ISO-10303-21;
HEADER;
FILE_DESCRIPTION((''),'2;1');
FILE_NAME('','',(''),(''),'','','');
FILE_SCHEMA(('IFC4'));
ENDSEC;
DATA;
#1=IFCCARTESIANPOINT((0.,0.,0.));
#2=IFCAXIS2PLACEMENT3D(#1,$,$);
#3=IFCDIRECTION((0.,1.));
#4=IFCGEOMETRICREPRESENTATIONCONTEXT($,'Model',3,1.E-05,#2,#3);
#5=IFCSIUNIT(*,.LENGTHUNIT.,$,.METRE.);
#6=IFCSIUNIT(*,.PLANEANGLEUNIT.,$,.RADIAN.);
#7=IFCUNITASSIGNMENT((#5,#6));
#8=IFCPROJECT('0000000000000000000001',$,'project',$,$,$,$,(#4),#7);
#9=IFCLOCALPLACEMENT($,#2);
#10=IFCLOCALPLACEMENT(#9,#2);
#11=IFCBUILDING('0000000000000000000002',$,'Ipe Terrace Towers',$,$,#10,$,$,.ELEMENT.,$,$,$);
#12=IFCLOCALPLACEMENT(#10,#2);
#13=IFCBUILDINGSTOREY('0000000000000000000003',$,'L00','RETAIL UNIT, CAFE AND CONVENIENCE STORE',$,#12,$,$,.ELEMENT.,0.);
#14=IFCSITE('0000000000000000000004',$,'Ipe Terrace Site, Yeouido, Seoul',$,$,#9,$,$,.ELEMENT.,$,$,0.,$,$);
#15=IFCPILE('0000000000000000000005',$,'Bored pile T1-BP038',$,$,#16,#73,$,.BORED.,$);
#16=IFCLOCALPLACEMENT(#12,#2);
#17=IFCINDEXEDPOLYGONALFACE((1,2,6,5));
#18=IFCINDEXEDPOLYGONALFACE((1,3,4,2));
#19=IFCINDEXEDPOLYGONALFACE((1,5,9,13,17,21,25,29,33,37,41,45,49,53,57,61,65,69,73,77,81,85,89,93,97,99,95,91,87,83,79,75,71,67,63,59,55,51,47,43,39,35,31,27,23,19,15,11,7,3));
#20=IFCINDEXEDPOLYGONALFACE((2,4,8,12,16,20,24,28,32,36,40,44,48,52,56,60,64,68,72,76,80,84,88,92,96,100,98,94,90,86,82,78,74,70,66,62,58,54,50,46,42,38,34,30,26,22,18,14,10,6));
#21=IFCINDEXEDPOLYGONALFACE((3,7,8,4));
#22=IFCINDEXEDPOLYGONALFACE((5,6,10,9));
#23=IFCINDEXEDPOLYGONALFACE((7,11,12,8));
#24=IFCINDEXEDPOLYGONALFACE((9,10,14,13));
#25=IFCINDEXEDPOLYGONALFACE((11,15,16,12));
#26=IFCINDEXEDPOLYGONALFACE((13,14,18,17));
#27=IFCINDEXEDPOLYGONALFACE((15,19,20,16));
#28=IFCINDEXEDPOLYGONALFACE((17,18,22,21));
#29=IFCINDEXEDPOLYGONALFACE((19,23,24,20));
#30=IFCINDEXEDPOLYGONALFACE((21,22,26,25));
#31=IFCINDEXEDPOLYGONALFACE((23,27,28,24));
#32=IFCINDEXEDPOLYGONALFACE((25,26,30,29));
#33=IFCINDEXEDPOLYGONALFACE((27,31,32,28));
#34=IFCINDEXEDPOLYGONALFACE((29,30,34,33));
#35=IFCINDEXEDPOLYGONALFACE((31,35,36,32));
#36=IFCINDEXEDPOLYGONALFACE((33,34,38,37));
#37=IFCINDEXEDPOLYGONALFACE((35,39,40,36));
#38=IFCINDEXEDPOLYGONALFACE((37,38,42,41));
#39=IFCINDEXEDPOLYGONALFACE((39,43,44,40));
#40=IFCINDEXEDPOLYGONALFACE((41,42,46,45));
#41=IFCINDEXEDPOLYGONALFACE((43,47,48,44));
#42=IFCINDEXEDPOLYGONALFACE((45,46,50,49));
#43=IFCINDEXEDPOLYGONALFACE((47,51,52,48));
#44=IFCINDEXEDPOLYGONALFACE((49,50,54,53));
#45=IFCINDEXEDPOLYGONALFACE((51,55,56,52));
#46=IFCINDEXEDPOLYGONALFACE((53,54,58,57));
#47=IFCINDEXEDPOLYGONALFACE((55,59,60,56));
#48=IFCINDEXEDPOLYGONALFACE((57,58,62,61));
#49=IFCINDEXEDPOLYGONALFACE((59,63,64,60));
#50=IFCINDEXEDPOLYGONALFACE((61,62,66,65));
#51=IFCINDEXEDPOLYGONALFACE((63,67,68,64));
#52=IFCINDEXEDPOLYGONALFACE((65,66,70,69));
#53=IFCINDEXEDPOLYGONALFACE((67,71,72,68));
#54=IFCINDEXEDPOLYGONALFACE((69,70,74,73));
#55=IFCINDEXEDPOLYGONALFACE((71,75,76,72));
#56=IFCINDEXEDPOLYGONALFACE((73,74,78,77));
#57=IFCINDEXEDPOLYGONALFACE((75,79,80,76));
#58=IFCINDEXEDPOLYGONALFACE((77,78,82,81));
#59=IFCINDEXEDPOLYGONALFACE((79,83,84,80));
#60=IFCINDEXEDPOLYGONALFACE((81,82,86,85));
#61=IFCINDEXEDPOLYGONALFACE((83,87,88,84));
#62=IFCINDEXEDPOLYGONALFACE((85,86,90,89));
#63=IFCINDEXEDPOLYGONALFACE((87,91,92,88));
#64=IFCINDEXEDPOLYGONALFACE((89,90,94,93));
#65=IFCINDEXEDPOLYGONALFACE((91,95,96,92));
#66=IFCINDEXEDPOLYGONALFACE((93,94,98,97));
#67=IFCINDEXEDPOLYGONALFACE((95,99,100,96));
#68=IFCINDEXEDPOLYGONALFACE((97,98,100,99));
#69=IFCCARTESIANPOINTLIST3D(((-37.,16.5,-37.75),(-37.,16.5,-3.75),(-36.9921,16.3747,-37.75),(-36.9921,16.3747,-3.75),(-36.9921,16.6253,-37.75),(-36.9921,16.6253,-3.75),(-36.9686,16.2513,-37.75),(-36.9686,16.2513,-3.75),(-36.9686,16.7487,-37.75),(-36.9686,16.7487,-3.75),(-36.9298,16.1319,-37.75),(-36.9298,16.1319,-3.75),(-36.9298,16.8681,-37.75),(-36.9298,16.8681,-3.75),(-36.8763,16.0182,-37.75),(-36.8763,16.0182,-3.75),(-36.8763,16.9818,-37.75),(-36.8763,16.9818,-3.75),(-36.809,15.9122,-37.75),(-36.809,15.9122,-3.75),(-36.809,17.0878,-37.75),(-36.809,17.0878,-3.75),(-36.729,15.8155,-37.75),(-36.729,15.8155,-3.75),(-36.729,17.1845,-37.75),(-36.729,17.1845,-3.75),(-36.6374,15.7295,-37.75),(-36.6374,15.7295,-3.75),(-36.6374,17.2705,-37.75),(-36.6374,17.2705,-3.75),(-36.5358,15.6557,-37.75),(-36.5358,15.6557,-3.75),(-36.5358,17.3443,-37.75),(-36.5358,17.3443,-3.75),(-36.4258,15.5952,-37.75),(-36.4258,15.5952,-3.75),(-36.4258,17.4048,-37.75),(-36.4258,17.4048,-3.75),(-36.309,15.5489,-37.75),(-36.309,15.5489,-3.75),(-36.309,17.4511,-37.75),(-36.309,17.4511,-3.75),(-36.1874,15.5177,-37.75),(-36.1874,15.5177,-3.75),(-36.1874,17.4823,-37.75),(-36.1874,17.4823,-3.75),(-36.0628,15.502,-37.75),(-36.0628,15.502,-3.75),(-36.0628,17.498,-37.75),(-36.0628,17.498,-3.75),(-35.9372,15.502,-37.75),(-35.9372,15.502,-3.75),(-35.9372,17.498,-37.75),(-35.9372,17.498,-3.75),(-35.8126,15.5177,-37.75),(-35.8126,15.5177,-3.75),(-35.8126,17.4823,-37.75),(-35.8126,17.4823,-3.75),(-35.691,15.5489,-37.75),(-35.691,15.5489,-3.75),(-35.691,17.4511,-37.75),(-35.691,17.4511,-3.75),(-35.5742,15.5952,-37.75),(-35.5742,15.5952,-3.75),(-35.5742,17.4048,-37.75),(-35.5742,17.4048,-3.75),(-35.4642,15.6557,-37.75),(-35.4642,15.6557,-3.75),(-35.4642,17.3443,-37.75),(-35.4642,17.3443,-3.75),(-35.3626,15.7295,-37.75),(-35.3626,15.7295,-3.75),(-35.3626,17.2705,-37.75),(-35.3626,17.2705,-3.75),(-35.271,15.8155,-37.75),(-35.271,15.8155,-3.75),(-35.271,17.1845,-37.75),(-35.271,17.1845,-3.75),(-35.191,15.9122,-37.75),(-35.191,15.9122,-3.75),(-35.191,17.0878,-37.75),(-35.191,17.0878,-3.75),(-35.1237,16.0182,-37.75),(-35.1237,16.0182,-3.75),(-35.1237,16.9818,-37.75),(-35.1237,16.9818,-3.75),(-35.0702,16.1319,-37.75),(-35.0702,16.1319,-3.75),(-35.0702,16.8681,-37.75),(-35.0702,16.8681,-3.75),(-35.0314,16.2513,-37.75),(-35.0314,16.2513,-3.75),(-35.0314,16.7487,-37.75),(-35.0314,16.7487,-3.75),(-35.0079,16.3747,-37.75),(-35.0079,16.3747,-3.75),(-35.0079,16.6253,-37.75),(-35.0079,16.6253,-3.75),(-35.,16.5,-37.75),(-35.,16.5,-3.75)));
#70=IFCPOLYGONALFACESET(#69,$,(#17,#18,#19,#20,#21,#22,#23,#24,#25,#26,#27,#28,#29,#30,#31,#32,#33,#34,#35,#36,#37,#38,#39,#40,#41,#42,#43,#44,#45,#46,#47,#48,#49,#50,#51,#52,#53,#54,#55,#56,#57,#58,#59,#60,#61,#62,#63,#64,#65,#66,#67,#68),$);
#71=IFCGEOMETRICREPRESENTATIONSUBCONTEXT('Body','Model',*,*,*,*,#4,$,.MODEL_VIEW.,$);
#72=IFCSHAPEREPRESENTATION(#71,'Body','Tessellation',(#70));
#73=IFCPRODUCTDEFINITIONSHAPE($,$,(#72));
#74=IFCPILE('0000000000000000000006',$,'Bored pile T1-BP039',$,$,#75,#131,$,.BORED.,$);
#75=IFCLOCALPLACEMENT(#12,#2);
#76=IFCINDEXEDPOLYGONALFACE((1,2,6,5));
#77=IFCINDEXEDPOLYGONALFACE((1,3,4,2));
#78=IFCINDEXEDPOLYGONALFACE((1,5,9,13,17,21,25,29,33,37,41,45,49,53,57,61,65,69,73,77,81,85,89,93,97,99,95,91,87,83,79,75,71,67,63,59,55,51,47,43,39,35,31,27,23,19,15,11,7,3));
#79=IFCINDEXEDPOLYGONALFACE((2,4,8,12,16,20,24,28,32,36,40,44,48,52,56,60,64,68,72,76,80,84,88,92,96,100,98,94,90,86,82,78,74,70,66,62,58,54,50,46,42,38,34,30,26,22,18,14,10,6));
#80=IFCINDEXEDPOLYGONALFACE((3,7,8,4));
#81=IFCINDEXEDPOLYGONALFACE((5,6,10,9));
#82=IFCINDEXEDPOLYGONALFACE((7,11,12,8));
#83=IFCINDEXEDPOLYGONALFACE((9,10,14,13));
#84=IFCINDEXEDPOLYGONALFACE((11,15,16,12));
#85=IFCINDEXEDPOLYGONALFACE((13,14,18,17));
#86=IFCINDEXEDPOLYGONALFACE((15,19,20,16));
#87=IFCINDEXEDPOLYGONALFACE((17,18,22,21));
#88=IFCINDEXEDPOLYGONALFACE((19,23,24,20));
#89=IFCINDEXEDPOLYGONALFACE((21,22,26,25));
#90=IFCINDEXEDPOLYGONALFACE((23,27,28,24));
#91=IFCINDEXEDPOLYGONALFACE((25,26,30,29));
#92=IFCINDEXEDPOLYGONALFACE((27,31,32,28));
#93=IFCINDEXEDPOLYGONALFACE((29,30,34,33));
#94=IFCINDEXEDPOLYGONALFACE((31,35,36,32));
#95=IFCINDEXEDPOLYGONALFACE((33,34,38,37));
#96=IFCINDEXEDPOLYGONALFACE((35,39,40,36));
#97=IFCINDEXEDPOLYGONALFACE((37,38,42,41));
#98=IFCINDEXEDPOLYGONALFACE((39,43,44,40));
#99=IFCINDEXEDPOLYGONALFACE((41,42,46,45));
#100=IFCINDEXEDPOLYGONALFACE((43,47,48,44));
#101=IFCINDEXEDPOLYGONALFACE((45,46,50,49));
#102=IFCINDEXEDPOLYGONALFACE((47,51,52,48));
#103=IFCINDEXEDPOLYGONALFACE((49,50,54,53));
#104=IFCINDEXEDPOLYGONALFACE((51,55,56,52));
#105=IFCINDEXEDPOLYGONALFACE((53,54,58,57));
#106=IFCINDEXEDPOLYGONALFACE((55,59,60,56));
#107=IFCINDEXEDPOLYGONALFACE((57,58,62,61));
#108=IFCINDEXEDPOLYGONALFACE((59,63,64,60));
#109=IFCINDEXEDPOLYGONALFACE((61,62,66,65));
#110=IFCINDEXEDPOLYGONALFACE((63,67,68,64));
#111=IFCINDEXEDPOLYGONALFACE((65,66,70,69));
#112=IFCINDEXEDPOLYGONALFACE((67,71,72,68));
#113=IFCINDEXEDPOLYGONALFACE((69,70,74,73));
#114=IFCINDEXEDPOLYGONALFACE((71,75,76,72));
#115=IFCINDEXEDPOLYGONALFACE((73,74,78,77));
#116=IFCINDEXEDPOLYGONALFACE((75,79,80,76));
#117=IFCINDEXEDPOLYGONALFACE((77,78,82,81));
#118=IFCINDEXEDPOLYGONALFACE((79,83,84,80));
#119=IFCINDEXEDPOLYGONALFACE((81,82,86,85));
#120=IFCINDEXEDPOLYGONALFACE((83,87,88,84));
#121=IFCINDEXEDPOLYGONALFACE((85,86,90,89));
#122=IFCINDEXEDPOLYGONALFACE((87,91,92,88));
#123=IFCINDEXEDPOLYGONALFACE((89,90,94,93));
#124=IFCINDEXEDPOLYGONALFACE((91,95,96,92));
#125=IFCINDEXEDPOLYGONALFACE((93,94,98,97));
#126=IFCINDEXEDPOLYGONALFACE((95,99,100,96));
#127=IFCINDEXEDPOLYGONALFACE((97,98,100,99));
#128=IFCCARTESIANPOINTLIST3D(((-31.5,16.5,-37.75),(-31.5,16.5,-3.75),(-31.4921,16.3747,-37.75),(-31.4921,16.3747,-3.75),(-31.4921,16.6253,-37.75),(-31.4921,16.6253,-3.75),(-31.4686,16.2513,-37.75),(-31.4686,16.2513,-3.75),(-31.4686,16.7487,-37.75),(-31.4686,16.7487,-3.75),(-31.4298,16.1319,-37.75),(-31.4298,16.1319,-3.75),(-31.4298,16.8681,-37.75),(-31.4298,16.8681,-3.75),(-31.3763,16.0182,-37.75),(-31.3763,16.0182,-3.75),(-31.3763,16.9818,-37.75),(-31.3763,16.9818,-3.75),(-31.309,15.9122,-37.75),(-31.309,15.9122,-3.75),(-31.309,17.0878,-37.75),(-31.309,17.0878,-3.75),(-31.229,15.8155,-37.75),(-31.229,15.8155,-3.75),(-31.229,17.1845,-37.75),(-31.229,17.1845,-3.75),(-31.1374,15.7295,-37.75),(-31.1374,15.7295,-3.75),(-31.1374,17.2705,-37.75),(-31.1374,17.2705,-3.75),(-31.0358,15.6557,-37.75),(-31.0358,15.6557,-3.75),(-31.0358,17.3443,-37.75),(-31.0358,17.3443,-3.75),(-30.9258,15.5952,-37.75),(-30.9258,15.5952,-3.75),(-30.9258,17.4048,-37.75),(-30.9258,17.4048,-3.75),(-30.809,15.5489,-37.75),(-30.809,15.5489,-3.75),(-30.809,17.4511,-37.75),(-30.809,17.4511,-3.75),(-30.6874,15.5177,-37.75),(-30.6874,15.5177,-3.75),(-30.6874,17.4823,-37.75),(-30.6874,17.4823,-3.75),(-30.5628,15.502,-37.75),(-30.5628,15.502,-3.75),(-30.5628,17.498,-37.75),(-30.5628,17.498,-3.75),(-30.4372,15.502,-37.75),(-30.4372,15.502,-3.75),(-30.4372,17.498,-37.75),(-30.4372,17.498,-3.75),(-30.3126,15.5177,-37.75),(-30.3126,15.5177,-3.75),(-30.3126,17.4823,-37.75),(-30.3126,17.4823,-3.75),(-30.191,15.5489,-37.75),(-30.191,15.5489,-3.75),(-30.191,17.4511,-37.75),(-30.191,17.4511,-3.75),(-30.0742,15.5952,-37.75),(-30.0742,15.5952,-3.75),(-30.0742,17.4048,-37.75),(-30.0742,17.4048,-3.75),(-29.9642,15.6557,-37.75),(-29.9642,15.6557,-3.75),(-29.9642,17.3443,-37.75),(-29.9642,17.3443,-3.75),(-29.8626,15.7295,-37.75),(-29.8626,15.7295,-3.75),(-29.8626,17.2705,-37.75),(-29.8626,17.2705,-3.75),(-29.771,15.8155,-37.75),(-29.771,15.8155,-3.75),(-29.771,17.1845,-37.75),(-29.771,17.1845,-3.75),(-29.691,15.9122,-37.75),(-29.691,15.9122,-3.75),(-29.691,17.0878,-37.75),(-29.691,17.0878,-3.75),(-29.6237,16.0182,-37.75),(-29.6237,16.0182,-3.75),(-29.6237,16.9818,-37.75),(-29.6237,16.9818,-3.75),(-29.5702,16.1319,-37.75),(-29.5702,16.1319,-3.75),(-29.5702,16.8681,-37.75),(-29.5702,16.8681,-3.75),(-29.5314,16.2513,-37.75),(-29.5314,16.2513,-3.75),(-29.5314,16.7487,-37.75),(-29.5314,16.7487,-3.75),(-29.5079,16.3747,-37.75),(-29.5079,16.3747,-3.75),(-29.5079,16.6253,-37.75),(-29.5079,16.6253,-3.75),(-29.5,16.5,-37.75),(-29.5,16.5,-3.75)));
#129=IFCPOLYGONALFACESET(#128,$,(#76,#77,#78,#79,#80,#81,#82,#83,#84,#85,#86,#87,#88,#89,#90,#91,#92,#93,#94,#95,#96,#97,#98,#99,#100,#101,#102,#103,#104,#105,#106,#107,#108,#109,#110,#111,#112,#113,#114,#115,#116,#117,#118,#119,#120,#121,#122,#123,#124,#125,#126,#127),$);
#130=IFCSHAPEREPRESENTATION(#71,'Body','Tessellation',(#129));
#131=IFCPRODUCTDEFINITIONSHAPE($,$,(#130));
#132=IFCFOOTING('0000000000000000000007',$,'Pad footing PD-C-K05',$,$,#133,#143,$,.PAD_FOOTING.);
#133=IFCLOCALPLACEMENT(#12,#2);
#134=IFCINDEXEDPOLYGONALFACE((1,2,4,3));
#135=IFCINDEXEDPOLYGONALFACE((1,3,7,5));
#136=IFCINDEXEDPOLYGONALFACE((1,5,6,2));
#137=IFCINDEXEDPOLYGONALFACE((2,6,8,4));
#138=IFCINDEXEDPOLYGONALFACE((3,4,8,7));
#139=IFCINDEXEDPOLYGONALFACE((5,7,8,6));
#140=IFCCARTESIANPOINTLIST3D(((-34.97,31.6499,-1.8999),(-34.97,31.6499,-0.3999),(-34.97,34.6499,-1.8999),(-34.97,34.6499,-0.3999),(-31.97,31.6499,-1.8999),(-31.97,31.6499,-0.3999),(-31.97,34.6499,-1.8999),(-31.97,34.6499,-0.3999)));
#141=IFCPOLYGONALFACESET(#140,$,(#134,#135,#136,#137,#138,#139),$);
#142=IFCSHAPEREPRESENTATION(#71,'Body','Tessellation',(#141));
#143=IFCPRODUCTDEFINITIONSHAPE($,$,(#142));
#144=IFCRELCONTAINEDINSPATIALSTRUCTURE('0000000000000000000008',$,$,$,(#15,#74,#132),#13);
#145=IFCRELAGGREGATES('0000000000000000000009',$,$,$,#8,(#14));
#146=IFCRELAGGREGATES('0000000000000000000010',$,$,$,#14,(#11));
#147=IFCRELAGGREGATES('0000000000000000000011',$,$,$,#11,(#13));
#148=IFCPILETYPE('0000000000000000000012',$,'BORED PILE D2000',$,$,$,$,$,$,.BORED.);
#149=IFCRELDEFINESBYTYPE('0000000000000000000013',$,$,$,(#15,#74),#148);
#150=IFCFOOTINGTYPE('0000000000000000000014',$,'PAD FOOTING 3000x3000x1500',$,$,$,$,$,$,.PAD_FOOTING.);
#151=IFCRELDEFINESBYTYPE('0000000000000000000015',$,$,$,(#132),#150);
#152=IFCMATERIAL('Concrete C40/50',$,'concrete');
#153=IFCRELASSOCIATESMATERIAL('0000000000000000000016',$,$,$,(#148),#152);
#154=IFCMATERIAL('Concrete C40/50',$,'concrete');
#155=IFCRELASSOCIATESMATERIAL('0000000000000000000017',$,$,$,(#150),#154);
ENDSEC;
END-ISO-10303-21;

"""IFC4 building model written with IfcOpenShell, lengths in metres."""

from ifc_helpers import new_model, si_unit, direction, frame, origin, origin_2d, place, context, subcontext, project, spatial, rectangle, circle, extrude, material, material_profile, profile_set, type_object, element, save


model = new_model("IFC4")

# Units and contexts
model_context = context("Model", 3, precision=1e-05, world=origin(), true_north=direction((0.0, 1.0)))
body_context = subcontext(model_context, "Body", "Model", "MODEL_VIEW")
ifc_project = project(units=[si_unit("LENGTHUNIT", "METRE"), si_unit("PLANEANGLEUNIT", "RADIAN")], contexts=[model_context])

# Site, building, storey
site_placement = place(None, origin())
site = spatial("IfcSite", under=ifc_project, at=site_placement, Name="Ipe Terrace Site, Yeouido, Seoul", CompositionType="ELEMENT", RefElevation=0.0)
building_placement = place(site_placement, origin())
building = spatial("IfcBuilding", under=site, at=building_placement, Name="Ipe Terrace Towers", CompositionType="ELEMENT")
storey_placement = place(building_placement, origin())
storey = spatial("IfcBuildingStorey", under=building, at=storey_placement, Name="L00", Description="RETAIL UNIT, CAFE AND CONVENIENCE STORE", CompositionType="ELEMENT", Elevation=0.0)

# Piles
ifc_material_1 = material(Name="Concrete C40/50", Category="concrete")
ifc_material_profile_1 = material_profile(ifc_material_1, circle(Radius=1.0, at=origin_2d()), Name="BORED PILE D2000")
ifc_profile_set_1 = profile_set([ifc_material_profile_1], Name="Concrete C40/50")
pile_type = type_object("IfcPileType", Name="BORED PILE D2000", PredefinedType="BORED", material=ifc_profile_set_1)
for number, where, z_axis, x_axis, name in (
    (1, (-36.0, 16.5, -3.75), (0.0, 0.0, -1.0), (1.0, 0.0, 0.0), "Bored pile T1-BP038"),
    (2, (-30.5, 16.5, -3.75), (0.0, 0.0, -1.0), (1.0, 0.0, 0.0), "Bored pile T1-BP039"),
):
    element("IfcPile", number, at=place(storey_placement, frame(where, z_axis=z_axis, x_axis=x_axis)), inside=storey, type_object=pile_type, Name=name, PredefinedType="BORED", context=body_context, shape_type="SweptSolid", body=[
        extrude(circle(Radius=1.0, at=origin_2d()), origin(), (0.0, 0.0, 1.0), 34.0),
    ])

# Footing
ifc_material_2 = material(Name="Concrete C40/50", Category="concrete")
footing_type = type_object("IfcFootingType", Name="PAD FOOTING 3000x3000x1500", PredefinedType="PAD_FOOTING", material=ifc_material_2)
footing_placement = place(storey_placement, frame((-33.47, 33.1499, -1.8999), z_axis=(0.0, 0.0, 1.0), x_axis=(1.0, 0.0, 0.0)))
element("IfcFooting", 3, at=footing_placement, inside=storey, type_object=footing_type, Name="Pad footing PD-C-K05", PredefinedType="PAD_FOOTING", context=body_context, shape_type="SweptSolid", body=[
    extrude(rectangle(XDim=3.0, YDim=3.0, at=origin_2d()), origin(), (0.0, 0.0, 1.0), 1.5),
])

save(model, "model.ifc")
